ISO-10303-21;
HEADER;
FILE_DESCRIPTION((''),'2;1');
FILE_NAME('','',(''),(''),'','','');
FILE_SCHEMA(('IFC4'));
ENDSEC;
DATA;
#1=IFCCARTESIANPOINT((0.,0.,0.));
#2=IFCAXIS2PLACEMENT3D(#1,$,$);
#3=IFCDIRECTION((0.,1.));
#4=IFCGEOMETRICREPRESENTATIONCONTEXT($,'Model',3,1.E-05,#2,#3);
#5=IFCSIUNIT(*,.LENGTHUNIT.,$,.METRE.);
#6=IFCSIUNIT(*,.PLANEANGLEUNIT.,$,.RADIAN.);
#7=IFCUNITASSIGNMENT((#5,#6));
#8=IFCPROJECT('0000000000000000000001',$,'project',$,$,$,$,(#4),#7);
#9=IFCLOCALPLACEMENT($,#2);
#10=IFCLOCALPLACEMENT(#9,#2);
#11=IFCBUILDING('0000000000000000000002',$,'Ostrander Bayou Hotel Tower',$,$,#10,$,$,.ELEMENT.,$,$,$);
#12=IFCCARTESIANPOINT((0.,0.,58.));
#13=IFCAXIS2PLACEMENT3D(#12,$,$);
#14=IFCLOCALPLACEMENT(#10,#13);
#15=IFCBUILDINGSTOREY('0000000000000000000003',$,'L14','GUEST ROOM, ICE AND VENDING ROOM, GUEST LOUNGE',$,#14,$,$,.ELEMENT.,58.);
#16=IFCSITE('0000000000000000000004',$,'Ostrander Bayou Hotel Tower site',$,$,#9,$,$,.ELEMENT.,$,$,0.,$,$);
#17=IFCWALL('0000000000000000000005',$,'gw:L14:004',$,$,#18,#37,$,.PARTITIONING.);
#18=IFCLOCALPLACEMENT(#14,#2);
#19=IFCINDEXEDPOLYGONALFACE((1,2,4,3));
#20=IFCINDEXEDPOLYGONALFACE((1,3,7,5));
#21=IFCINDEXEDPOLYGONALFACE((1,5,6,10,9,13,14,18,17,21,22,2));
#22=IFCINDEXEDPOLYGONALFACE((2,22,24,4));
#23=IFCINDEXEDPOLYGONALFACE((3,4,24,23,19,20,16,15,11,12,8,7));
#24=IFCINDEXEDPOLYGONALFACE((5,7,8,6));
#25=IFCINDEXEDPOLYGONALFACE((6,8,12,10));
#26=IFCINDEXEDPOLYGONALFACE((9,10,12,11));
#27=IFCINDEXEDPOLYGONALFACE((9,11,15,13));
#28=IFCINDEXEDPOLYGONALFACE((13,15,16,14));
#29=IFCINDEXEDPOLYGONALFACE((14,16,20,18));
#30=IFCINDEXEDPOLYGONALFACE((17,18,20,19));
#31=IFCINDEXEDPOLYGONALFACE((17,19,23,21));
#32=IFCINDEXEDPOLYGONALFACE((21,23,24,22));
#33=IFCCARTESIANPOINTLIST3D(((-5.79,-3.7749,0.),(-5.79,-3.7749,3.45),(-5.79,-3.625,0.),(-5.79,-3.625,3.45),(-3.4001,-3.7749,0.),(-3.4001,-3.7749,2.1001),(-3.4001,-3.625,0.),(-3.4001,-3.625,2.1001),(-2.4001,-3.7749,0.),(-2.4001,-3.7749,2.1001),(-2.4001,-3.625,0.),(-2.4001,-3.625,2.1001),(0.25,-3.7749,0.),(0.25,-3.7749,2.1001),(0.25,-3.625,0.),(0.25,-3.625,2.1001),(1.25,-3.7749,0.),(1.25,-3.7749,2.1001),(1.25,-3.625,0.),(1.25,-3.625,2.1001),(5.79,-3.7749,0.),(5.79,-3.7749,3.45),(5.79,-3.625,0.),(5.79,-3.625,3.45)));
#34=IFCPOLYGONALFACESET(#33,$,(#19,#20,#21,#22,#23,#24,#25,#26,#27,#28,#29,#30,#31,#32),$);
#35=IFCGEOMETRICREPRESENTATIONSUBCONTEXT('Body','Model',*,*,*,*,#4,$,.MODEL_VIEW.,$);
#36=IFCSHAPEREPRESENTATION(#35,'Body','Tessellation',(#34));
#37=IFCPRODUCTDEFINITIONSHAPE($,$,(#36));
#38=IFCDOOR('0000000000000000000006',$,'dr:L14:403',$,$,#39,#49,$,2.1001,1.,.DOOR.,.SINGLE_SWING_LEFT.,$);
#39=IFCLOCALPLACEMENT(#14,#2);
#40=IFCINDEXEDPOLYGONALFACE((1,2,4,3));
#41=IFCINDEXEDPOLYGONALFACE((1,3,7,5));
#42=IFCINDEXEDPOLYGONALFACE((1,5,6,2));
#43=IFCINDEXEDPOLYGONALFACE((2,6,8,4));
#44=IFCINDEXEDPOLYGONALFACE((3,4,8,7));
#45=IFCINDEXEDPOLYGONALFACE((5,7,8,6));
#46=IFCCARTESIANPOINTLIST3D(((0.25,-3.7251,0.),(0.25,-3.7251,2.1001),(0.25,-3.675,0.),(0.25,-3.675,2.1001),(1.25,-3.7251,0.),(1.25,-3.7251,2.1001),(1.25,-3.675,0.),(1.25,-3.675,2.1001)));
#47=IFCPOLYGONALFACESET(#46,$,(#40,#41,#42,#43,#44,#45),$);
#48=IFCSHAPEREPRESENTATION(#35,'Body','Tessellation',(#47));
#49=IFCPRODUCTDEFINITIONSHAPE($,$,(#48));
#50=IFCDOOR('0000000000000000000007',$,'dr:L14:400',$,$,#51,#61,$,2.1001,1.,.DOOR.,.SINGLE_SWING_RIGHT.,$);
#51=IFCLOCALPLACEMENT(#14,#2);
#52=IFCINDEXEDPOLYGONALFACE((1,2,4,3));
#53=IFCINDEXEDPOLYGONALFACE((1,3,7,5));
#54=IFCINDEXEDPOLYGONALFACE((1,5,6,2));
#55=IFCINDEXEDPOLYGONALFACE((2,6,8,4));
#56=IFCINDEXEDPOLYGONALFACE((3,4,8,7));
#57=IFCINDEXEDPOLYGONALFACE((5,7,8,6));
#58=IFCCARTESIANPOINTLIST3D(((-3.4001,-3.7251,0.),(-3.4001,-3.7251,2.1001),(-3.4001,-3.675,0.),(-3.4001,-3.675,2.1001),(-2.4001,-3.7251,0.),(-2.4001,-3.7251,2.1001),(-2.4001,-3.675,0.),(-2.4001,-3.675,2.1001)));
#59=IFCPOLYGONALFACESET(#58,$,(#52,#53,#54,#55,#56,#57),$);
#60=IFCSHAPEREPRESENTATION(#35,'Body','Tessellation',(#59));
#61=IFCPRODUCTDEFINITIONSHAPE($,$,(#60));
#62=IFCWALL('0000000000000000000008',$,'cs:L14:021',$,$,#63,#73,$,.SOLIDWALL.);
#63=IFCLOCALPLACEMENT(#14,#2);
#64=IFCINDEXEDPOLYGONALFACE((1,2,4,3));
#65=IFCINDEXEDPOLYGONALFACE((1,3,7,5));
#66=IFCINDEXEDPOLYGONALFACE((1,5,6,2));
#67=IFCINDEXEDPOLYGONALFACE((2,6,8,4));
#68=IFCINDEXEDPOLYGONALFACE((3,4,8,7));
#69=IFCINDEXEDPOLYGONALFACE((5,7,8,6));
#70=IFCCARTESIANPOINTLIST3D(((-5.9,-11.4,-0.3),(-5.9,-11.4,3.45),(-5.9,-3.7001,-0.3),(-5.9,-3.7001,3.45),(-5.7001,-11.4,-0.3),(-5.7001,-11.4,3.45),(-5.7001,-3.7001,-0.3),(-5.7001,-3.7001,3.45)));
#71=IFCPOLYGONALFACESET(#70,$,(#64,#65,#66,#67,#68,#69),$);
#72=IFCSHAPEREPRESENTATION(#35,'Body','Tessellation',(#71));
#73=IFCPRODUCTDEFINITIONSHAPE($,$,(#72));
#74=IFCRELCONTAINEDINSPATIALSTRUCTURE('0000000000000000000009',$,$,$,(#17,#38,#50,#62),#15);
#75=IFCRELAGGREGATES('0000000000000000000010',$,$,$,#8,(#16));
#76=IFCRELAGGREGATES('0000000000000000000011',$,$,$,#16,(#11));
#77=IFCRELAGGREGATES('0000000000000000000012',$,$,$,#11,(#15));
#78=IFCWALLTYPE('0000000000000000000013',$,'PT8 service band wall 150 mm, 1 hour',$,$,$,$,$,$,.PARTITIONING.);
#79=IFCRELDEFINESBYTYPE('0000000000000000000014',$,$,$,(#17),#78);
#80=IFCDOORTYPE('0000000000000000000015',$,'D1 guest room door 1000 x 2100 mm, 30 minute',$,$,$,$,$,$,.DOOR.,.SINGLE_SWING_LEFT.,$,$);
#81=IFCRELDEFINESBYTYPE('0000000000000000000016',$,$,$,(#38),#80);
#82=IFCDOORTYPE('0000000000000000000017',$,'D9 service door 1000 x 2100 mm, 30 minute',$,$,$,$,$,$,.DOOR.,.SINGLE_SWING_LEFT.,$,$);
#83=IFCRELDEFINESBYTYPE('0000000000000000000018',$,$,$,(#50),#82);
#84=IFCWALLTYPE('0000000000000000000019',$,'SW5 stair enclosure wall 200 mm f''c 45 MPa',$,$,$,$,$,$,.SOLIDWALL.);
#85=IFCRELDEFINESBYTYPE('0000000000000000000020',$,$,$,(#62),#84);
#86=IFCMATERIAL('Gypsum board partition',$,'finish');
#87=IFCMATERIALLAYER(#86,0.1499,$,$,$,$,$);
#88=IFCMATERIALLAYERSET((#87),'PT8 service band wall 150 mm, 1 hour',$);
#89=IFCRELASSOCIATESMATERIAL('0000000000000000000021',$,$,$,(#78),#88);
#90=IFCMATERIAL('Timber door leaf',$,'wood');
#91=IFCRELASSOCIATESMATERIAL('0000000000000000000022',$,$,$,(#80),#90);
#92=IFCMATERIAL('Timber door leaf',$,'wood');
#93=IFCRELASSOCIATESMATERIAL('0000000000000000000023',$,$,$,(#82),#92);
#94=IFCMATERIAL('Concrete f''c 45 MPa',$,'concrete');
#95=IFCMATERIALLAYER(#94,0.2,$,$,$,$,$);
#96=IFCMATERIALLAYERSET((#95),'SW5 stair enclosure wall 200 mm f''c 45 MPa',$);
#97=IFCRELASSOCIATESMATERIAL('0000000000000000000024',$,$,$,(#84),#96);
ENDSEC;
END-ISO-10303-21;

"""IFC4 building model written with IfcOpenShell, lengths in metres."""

from ifc_helpers import new_model, si_unit, direction, frame, frame_2d, origin, place, context, subcontext, project, spatial, rectangle, extrude, material, layer, layer_set, type_object, element, fill, save


model = new_model("IFC4")

# Units and contexts
model_context = context("Model", 3, precision=1e-05, world=origin(), true_north=direction((0.0, 1.0)))
body_context = subcontext(model_context, "Body", "Model", "MODEL_VIEW")
ifc_project = project(units=[si_unit("LENGTHUNIT", "METRE"), si_unit("PLANEANGLEUNIT", "RADIAN")], contexts=[model_context])

# Site, building, storey
site_placement = place(None, origin())
site = spatial("IfcSite", under=ifc_project, at=site_placement, Name="Ostrander Bayou Hotel Tower site", CompositionType="ELEMENT", RefElevation=0.0)
building_placement = place(site_placement, origin())
building = spatial("IfcBuilding", under=site, at=building_placement, Name="Ostrander Bayou Hotel Tower", CompositionType="ELEMENT")
storey_placement = place(building_placement, frame((0.0, 0.0, 58.0)))
storey = spatial("IfcBuildingStorey", under=building, at=storey_placement, Name="L14", Description="GUEST ROOM, ICE AND VENDING ROOM, GUEST LOUNGE", CompositionType="ELEMENT", Elevation=58.0)

# Wall, openings, doors
ifc_material_1 = material(Name="Gypsum board partition", Category="finish")
ifc_layer_1 = layer(ifc_material_1, 0.1499)
ifc_layer_set_1 = layer_set([ifc_layer_1], Name="PT8 service band wall 150 mm, 1 hour")
wall_type_1 = type_object("IfcWallType", Name="PT8 service band wall 150 mm, 1 hour", PredefinedType="PARTITIONING", material=ifc_layer_set_1)
wall_1_placement = place(storey_placement, frame((-5.79, -3.7, 0.0), z_axis=(0.0, 0.0, 1.0), x_axis=(1.0, 0.0, 0.0)))
wall_1 = element("IfcWall", 1, at=wall_1_placement, inside=storey, type_object=wall_type_1, Name="gw:L14:004", PredefinedType="PARTITIONING", context=body_context, shape_type="SweptSolid", body=[
    extrude(rectangle(XDim=11.5801, YDim=0.1499, at=frame_2d((5.79, 0.0))), origin(), (0.0, 0.0, 1.0), 3.45),
])
opening_1_placement = place(wall_1_placement, frame((2.3899, 0.0, 0.0)))
opening_1 = element("IfcOpeningElement", 2, at=opening_1_placement, cuts=wall_1, PredefinedType="OPENING", context=body_context, shape_type="SweptSolid", body=[
    extrude(rectangle(XDim=1.0, YDim=2.1001, at=frame_2d((0.5, 1.05))), frame((0.0, 0.075, 0.0), z_axis=(0.0, -1.0, 0.0), x_axis=(1.0, 0.0, 0.0)), (0.0, 0.0, 1.0), 0.1499),
])
opening_2_placement = place(wall_1_placement, frame((6.04, 0.0, 0.0)))
opening_2 = element("IfcOpeningElement", 3, at=opening_2_placement, cuts=wall_1, PredefinedType="OPENING", context=body_context, shape_type="SweptSolid", body=[
    extrude(rectangle(XDim=1.0, YDim=2.1001, at=frame_2d((0.5, 1.05))), frame((0.0, 0.075, 0.0), z_axis=(0.0, -1.0, 0.0), x_axis=(1.0, 0.0, 0.0)), (0.0, 0.0, 1.0), 0.1499),
])
ifc_material_2 = material(Name="Timber door leaf", Category="wood")
door_type_1 = type_object("IfcDoorType", Name="D1 guest room door 1000 x 2100 mm, 30 minute", OperationType="SINGLE_SWING_LEFT", PredefinedType="DOOR", material=ifc_material_2)
door_1_placement = place(opening_2_placement, origin())
door_1 = element("IfcDoor", 4, at=door_1_placement, inside=storey, type_object=door_type_1, Name="dr:L14:403", OperationType="SINGLE_SWING_LEFT", OverallHeight=2.1001, OverallWidth=1.0, PredefinedType="DOOR", context=body_context, shape_type="SweptSolid", body=[
    extrude(rectangle(XDim=1.0, YDim=2.1001, at=frame_2d((0.5, 1.05))), frame((0.0, 0.0249, 0.0), z_axis=(0.0, -1.0, 0.0), x_axis=(1.0, 0.0, 0.0)), (0.0, 0.0, 1.0), 0.05),
])
fill(opening_2, door_1)
ifc_material_3 = material(Name="Timber door leaf", Category="wood")
door_type_2 = type_object("IfcDoorType", Name="D9 service door 1000 x 2100 mm, 30 minute", OperationType="SINGLE_SWING_LEFT", PredefinedType="DOOR", material=ifc_material_3)
door_2_placement = place(opening_1_placement, origin())
door_2 = element("IfcDoor", 5, at=door_2_placement, inside=storey, type_object=door_type_2, Name="dr:L14:400", OperationType="SINGLE_SWING_RIGHT", OverallHeight=2.1001, OverallWidth=1.0, PredefinedType="DOOR", context=body_context, shape_type="SweptSolid", body=[
    extrude(rectangle(XDim=1.0, YDim=2.1001, at=frame_2d((0.5, 1.05))), frame((0.0, 0.0249, 0.0), z_axis=(0.0, -1.0, 0.0), x_axis=(1.0, 0.0, 0.0)), (0.0, 0.0, 1.0), 0.05),
])
fill(opening_1, door_2)

# Wall
ifc_material_4 = material(Name="Concrete f'c 45 MPa", Category="concrete")
ifc_layer_2 = layer(ifc_material_4, 0.2)
ifc_layer_set_2 = layer_set([ifc_layer_2], Name="SW5 stair enclosure wall 200 mm f'c 45 MPa")
wall_type_2 = type_object("IfcWallType", Name="SW5 stair enclosure wall 200 mm f'c 45 MPa", PredefinedType="SOLIDWALL", material=ifc_layer_set_2)
wall_2_placement = place(storey_placement, frame((-5.8, -3.7, -0.3), z_axis=(0.0, 0.0, 1.0), x_axis=(0.0, -1.0, 0.0)))
element("IfcWall", 6, at=wall_2_placement, inside=storey, type_object=wall_type_2, Name="cs:L14:021", PredefinedType="SOLIDWALL", context=body_context, shape_type="SweptSolid", body=[
    extrude(rectangle(XDim=7.7, YDim=0.2, at=frame_2d((3.8501, 0.0))), origin(), (0.0, 0.0, 1.0), 3.75),
])

save(model, "model.ifc")
